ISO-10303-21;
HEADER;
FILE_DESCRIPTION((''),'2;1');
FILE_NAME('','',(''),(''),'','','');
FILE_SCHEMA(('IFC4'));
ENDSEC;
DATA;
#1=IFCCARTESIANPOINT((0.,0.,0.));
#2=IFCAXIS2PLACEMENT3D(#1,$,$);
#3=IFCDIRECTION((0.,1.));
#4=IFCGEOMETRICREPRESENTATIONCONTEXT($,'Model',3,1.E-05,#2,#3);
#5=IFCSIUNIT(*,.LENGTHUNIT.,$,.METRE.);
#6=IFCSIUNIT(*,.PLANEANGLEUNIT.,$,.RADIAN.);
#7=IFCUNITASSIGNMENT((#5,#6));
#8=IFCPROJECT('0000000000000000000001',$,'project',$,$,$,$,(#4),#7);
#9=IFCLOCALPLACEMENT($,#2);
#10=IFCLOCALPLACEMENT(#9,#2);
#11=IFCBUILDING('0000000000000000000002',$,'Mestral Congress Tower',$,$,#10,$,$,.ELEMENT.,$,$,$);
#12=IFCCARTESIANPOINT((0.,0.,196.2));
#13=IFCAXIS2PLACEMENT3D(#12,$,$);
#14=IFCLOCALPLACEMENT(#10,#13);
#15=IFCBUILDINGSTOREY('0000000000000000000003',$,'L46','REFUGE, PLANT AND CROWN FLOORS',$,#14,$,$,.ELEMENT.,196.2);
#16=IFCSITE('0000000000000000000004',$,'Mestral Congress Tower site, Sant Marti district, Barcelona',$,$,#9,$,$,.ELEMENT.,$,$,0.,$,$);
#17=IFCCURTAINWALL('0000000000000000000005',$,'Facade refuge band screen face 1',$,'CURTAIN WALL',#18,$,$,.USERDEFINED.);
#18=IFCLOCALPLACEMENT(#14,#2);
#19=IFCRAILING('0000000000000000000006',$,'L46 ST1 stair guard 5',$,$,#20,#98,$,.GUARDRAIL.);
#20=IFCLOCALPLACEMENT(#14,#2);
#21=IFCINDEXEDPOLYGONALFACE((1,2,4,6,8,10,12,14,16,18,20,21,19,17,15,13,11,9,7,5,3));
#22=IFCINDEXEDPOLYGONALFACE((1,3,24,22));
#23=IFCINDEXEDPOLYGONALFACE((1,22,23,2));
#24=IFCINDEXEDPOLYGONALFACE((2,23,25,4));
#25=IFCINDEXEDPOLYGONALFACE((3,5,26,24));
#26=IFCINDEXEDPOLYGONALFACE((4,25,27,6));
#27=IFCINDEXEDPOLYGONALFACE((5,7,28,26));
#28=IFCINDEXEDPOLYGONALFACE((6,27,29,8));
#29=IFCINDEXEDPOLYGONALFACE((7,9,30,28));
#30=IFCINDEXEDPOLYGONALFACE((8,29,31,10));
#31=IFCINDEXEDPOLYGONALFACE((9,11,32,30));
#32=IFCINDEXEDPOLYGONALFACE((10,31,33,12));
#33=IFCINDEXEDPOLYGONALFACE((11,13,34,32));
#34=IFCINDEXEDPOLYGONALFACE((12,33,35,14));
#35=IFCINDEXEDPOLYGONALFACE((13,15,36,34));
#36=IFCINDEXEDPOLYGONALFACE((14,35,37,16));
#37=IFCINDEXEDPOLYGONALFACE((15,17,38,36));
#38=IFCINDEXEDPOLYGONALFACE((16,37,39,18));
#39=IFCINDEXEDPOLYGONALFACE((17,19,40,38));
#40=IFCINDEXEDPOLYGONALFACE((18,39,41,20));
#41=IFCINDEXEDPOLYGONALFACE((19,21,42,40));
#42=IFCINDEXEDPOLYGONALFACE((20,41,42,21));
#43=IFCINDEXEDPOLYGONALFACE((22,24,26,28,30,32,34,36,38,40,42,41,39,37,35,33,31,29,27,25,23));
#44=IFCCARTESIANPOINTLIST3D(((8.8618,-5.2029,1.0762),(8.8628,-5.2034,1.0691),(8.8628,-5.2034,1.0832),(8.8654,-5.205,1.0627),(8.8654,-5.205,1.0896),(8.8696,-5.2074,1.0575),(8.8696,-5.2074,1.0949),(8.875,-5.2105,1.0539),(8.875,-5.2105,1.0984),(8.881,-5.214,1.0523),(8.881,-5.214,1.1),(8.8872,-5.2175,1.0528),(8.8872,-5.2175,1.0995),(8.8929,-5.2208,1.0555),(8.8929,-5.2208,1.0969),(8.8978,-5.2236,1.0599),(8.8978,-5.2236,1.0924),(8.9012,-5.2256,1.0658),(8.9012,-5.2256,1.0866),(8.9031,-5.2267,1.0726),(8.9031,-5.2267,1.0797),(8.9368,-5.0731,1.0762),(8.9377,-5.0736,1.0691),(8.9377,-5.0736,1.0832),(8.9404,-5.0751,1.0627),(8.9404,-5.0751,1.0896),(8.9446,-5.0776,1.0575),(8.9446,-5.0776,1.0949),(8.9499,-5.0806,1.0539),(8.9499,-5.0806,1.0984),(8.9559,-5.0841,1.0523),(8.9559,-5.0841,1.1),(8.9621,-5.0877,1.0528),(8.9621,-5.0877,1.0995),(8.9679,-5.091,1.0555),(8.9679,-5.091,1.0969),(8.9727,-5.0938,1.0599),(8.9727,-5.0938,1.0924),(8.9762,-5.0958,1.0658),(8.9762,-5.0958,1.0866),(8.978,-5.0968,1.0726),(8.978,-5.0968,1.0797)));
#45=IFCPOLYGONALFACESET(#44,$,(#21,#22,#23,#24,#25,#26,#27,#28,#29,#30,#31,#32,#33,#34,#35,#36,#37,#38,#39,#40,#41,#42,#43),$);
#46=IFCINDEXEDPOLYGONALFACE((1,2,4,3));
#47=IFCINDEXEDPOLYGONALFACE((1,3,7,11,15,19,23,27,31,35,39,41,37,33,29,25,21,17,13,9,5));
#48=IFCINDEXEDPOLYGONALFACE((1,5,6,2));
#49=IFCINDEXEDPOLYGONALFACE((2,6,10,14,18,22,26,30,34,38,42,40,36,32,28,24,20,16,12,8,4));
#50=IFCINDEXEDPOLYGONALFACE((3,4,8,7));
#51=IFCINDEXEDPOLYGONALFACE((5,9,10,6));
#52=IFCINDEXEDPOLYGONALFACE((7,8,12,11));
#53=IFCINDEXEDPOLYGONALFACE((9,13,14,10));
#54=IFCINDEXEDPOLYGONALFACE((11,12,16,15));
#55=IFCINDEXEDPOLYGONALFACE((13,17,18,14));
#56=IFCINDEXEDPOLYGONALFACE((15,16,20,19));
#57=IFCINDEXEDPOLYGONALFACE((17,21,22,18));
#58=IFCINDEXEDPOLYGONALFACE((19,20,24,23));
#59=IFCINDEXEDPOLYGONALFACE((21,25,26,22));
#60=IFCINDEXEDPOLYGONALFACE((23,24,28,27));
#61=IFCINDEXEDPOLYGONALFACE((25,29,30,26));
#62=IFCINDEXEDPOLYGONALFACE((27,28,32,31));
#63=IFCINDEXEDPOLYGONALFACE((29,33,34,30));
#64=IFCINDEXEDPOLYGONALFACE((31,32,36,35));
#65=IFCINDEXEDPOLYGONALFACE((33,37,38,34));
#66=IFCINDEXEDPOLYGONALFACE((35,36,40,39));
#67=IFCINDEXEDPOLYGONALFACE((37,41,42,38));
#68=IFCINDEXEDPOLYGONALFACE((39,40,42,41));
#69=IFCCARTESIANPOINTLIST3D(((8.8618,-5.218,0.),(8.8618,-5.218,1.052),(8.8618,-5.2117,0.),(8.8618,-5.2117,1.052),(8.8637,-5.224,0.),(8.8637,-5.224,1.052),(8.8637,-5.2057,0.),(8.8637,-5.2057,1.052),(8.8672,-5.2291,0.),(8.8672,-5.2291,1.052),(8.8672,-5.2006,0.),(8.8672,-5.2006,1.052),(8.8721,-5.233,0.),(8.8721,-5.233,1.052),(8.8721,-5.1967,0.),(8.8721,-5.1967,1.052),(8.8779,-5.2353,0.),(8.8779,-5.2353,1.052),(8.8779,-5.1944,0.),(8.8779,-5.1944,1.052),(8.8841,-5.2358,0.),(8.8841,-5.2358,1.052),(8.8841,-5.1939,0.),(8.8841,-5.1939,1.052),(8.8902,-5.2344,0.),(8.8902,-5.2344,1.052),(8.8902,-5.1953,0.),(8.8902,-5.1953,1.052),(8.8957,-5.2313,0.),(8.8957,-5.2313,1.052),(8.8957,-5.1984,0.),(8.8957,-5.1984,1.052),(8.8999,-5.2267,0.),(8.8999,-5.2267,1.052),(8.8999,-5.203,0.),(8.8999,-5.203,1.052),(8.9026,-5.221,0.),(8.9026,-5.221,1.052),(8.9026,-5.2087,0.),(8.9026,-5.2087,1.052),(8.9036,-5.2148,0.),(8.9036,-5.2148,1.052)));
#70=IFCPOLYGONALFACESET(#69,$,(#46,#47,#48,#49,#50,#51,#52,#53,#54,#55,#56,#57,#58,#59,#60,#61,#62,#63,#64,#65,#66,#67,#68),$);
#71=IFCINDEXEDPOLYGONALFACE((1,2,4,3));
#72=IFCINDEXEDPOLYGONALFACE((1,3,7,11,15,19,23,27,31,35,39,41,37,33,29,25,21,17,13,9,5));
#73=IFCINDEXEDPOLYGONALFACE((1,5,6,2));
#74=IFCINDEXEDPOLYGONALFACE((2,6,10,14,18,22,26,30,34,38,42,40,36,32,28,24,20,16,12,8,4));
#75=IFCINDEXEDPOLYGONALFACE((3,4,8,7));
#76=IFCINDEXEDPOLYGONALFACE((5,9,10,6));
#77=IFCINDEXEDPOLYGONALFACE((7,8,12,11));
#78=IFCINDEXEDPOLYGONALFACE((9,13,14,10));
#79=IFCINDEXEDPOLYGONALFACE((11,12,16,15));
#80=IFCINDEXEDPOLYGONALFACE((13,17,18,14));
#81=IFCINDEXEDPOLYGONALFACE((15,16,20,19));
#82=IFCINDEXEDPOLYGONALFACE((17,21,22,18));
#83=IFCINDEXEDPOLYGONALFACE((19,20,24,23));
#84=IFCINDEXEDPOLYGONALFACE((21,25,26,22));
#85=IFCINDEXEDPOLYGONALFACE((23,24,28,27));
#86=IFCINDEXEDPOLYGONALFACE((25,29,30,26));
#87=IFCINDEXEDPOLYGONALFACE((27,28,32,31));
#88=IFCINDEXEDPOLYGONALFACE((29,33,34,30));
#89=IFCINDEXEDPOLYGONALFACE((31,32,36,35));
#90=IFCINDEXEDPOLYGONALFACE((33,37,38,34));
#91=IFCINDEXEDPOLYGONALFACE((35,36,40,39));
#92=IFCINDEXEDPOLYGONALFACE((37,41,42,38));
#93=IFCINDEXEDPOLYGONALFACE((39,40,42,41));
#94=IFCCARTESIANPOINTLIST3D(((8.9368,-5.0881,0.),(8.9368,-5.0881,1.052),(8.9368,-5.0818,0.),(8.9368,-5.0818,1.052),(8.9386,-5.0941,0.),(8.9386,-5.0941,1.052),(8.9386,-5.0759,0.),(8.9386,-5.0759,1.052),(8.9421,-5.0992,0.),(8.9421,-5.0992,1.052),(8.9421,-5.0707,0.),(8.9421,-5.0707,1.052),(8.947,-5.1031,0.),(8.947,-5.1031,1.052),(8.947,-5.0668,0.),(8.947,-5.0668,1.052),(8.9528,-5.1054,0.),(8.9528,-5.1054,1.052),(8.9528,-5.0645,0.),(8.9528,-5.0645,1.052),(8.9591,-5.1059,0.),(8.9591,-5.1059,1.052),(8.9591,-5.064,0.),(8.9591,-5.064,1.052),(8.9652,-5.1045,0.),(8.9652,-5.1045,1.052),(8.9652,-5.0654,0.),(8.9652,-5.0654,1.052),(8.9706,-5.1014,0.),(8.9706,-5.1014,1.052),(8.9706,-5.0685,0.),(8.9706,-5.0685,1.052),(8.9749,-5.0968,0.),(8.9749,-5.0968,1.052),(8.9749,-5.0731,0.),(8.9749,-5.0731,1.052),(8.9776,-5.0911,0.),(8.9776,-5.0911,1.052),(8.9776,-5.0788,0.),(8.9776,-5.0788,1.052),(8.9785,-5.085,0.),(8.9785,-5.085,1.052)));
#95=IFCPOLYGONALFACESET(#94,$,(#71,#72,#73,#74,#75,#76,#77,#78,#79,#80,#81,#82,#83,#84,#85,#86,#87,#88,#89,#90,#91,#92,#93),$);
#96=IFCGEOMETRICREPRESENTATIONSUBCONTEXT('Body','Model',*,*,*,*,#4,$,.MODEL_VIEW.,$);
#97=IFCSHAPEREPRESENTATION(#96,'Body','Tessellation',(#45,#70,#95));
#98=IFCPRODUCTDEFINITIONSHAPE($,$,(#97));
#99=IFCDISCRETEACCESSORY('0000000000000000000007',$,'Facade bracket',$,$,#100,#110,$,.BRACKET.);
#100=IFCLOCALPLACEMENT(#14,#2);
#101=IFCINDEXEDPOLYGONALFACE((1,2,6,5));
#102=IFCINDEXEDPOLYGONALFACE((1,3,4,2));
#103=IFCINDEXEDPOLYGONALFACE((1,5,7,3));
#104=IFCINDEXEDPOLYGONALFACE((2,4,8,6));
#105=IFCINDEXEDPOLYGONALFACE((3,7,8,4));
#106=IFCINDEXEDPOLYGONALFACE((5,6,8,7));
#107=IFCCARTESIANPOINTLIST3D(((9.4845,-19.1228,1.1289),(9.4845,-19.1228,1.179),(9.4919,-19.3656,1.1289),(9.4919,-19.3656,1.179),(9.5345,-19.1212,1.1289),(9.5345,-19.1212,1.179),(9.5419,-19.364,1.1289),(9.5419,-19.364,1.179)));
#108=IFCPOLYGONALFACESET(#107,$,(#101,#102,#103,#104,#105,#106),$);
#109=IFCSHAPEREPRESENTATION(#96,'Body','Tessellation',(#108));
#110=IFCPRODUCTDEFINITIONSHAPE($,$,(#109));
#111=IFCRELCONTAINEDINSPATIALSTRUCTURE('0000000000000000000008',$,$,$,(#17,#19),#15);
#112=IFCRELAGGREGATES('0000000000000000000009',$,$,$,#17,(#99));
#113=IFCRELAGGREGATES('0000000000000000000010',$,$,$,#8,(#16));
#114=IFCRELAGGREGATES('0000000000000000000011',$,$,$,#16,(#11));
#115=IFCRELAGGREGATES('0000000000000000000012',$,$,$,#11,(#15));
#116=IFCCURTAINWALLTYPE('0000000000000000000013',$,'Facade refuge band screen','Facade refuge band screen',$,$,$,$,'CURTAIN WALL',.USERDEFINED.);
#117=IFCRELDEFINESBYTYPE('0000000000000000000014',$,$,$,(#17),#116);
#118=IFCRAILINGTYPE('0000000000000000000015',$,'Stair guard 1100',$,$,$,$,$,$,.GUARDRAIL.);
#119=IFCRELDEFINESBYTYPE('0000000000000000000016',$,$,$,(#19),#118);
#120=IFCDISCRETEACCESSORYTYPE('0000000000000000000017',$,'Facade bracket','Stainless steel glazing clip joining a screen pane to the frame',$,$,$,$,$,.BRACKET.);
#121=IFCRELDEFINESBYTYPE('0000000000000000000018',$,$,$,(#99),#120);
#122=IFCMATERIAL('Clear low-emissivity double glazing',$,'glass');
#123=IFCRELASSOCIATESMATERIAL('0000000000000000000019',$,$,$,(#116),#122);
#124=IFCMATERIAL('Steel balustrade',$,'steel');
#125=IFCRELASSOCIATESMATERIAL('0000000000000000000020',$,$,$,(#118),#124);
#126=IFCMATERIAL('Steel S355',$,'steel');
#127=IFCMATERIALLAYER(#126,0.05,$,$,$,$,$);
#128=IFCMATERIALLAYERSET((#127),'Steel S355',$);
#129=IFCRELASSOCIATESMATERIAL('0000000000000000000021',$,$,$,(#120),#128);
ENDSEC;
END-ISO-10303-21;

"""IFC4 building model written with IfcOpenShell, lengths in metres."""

from ifc_helpers import new_model, si_unit, direction, frame, origin, origin_2d, place, context, subcontext, project, spatial, rectangle, circle, extrude, material, layer, layer_set, type_object, element, aggregate, save


model = new_model("IFC4")

# Units and contexts
model_context = context("Model", 3, precision=1e-05, world=origin(), true_north=direction((0.0, 1.0)))
body_context = subcontext(model_context, "Body", "Model", "MODEL_VIEW")
ifc_project = project(units=[si_unit("LENGTHUNIT", "METRE"), si_unit("PLANEANGLEUNIT", "RADIAN")], contexts=[model_context])

# Site, building, storey
site_placement = place(None, origin())
site = spatial("IfcSite", under=ifc_project, at=site_placement, Name="Mestral Congress Tower site, Sant Marti district, Barcelona", CompositionType="ELEMENT", RefElevation=0.0)
building_placement = place(site_placement, origin())
building = spatial("IfcBuilding", under=site, at=building_placement, Name="Mestral Congress Tower", CompositionType="ELEMENT")
storey_placement = place(building_placement, frame((0.0, 0.0, 196.2)))
storey = spatial("IfcBuildingStorey", under=building, at=storey_placement, Name="L46", Description="REFUGE, PLANT AND CROWN FLOORS", CompositionType="ELEMENT", Elevation=196.2)

# Curtain wall
ifc_material_1 = material(Name="Clear low-emissivity double glazing", Category="glass")
curtain_wall_type = type_object("IfcCurtainWallType", Name="Facade refuge band screen", Description="Facade refuge band screen", ElementType="CURTAIN WALL", PredefinedType="USERDEFINED", material=ifc_material_1)
placement = place(storey_placement, origin())
curtain_wall = element("IfcCurtainWall", 1, at=placement, inside=storey, type_object=curtain_wall_type, Name="Facade refuge band screen face 1", ObjectType="CURTAIN WALL", PredefinedType="USERDEFINED")

# Railing
ifc_material_2 = material(Name="Steel balustrade", Category="steel")
railing_type_1 = type_object("IfcRailingType", Name="Stair guard 1100", PredefinedType="GUARDRAIL", material=ifc_material_2)
railing_1_placement = place(storey_placement, frame((8.8826, -5.2148, 0.0)))
element("IfcRailing", 2, at=railing_1_placement, inside=storey, type_object=railing_type_1, Name="L46 ST1 stair guard 5", PredefinedType="GUARDRAIL", context=body_context, shape_type="SweptSolid", body=[
    extrude(circle(Radius=0.0239, at=origin_2d()), frame((0.0, 0.0, 1.0762), z_axis=(0.499816, 0.866131, 0.0), x_axis=(-0.866131, 0.499816, 0.0)), (0.0, 0.0, 1.0), 0.1499),
    extrude(circle(Radius=0.021, at=origin_2d()), origin(), (0.0, 0.0, 1.0), 1.052),
    extrude(circle(Radius=0.021, at=origin_2d()), frame((0.075, 0.1299, 0.0)), (0.0, 0.0, 1.0), 1.052),
])

# Discrete accessory
ifc_material_3 = material(Name="Steel S355", Category="steel")
ifc_layer_1 = layer(ifc_material_3, 0.05)
ifc_layer_set_1 = layer_set([ifc_layer_1], Name="Steel S355")
discrete_accessory_type = type_object("IfcDiscreteAccessoryType", Name="Facade bracket", Description="Stainless steel glazing clip joining a screen pane to the frame", PredefinedType="BRACKET", material=ifc_layer_set_1)
discrete_accessory_placement = place(storey_placement, frame((9.5132, -19.2434, 1.1289), z_axis=(0.0, 0.0, 1.0), x_axis=(0.999533, 0.030545, 0.0)))
discrete_accessory = element("IfcDiscreteAccessory", 3, at=discrete_accessory_placement, type_object=discrete_accessory_type, Name="Facade bracket", PredefinedType="BRACKET", context=body_context, shape_type="SweptSolid", body=[
    extrude(rectangle(XDim=0.05, YDim=0.2429, at=origin_2d()), origin(), (0.0, 0.0, 1.0), 0.05),
])
aggregate(curtain_wall, [discrete_accessory])

save(model, "model.ifc")
